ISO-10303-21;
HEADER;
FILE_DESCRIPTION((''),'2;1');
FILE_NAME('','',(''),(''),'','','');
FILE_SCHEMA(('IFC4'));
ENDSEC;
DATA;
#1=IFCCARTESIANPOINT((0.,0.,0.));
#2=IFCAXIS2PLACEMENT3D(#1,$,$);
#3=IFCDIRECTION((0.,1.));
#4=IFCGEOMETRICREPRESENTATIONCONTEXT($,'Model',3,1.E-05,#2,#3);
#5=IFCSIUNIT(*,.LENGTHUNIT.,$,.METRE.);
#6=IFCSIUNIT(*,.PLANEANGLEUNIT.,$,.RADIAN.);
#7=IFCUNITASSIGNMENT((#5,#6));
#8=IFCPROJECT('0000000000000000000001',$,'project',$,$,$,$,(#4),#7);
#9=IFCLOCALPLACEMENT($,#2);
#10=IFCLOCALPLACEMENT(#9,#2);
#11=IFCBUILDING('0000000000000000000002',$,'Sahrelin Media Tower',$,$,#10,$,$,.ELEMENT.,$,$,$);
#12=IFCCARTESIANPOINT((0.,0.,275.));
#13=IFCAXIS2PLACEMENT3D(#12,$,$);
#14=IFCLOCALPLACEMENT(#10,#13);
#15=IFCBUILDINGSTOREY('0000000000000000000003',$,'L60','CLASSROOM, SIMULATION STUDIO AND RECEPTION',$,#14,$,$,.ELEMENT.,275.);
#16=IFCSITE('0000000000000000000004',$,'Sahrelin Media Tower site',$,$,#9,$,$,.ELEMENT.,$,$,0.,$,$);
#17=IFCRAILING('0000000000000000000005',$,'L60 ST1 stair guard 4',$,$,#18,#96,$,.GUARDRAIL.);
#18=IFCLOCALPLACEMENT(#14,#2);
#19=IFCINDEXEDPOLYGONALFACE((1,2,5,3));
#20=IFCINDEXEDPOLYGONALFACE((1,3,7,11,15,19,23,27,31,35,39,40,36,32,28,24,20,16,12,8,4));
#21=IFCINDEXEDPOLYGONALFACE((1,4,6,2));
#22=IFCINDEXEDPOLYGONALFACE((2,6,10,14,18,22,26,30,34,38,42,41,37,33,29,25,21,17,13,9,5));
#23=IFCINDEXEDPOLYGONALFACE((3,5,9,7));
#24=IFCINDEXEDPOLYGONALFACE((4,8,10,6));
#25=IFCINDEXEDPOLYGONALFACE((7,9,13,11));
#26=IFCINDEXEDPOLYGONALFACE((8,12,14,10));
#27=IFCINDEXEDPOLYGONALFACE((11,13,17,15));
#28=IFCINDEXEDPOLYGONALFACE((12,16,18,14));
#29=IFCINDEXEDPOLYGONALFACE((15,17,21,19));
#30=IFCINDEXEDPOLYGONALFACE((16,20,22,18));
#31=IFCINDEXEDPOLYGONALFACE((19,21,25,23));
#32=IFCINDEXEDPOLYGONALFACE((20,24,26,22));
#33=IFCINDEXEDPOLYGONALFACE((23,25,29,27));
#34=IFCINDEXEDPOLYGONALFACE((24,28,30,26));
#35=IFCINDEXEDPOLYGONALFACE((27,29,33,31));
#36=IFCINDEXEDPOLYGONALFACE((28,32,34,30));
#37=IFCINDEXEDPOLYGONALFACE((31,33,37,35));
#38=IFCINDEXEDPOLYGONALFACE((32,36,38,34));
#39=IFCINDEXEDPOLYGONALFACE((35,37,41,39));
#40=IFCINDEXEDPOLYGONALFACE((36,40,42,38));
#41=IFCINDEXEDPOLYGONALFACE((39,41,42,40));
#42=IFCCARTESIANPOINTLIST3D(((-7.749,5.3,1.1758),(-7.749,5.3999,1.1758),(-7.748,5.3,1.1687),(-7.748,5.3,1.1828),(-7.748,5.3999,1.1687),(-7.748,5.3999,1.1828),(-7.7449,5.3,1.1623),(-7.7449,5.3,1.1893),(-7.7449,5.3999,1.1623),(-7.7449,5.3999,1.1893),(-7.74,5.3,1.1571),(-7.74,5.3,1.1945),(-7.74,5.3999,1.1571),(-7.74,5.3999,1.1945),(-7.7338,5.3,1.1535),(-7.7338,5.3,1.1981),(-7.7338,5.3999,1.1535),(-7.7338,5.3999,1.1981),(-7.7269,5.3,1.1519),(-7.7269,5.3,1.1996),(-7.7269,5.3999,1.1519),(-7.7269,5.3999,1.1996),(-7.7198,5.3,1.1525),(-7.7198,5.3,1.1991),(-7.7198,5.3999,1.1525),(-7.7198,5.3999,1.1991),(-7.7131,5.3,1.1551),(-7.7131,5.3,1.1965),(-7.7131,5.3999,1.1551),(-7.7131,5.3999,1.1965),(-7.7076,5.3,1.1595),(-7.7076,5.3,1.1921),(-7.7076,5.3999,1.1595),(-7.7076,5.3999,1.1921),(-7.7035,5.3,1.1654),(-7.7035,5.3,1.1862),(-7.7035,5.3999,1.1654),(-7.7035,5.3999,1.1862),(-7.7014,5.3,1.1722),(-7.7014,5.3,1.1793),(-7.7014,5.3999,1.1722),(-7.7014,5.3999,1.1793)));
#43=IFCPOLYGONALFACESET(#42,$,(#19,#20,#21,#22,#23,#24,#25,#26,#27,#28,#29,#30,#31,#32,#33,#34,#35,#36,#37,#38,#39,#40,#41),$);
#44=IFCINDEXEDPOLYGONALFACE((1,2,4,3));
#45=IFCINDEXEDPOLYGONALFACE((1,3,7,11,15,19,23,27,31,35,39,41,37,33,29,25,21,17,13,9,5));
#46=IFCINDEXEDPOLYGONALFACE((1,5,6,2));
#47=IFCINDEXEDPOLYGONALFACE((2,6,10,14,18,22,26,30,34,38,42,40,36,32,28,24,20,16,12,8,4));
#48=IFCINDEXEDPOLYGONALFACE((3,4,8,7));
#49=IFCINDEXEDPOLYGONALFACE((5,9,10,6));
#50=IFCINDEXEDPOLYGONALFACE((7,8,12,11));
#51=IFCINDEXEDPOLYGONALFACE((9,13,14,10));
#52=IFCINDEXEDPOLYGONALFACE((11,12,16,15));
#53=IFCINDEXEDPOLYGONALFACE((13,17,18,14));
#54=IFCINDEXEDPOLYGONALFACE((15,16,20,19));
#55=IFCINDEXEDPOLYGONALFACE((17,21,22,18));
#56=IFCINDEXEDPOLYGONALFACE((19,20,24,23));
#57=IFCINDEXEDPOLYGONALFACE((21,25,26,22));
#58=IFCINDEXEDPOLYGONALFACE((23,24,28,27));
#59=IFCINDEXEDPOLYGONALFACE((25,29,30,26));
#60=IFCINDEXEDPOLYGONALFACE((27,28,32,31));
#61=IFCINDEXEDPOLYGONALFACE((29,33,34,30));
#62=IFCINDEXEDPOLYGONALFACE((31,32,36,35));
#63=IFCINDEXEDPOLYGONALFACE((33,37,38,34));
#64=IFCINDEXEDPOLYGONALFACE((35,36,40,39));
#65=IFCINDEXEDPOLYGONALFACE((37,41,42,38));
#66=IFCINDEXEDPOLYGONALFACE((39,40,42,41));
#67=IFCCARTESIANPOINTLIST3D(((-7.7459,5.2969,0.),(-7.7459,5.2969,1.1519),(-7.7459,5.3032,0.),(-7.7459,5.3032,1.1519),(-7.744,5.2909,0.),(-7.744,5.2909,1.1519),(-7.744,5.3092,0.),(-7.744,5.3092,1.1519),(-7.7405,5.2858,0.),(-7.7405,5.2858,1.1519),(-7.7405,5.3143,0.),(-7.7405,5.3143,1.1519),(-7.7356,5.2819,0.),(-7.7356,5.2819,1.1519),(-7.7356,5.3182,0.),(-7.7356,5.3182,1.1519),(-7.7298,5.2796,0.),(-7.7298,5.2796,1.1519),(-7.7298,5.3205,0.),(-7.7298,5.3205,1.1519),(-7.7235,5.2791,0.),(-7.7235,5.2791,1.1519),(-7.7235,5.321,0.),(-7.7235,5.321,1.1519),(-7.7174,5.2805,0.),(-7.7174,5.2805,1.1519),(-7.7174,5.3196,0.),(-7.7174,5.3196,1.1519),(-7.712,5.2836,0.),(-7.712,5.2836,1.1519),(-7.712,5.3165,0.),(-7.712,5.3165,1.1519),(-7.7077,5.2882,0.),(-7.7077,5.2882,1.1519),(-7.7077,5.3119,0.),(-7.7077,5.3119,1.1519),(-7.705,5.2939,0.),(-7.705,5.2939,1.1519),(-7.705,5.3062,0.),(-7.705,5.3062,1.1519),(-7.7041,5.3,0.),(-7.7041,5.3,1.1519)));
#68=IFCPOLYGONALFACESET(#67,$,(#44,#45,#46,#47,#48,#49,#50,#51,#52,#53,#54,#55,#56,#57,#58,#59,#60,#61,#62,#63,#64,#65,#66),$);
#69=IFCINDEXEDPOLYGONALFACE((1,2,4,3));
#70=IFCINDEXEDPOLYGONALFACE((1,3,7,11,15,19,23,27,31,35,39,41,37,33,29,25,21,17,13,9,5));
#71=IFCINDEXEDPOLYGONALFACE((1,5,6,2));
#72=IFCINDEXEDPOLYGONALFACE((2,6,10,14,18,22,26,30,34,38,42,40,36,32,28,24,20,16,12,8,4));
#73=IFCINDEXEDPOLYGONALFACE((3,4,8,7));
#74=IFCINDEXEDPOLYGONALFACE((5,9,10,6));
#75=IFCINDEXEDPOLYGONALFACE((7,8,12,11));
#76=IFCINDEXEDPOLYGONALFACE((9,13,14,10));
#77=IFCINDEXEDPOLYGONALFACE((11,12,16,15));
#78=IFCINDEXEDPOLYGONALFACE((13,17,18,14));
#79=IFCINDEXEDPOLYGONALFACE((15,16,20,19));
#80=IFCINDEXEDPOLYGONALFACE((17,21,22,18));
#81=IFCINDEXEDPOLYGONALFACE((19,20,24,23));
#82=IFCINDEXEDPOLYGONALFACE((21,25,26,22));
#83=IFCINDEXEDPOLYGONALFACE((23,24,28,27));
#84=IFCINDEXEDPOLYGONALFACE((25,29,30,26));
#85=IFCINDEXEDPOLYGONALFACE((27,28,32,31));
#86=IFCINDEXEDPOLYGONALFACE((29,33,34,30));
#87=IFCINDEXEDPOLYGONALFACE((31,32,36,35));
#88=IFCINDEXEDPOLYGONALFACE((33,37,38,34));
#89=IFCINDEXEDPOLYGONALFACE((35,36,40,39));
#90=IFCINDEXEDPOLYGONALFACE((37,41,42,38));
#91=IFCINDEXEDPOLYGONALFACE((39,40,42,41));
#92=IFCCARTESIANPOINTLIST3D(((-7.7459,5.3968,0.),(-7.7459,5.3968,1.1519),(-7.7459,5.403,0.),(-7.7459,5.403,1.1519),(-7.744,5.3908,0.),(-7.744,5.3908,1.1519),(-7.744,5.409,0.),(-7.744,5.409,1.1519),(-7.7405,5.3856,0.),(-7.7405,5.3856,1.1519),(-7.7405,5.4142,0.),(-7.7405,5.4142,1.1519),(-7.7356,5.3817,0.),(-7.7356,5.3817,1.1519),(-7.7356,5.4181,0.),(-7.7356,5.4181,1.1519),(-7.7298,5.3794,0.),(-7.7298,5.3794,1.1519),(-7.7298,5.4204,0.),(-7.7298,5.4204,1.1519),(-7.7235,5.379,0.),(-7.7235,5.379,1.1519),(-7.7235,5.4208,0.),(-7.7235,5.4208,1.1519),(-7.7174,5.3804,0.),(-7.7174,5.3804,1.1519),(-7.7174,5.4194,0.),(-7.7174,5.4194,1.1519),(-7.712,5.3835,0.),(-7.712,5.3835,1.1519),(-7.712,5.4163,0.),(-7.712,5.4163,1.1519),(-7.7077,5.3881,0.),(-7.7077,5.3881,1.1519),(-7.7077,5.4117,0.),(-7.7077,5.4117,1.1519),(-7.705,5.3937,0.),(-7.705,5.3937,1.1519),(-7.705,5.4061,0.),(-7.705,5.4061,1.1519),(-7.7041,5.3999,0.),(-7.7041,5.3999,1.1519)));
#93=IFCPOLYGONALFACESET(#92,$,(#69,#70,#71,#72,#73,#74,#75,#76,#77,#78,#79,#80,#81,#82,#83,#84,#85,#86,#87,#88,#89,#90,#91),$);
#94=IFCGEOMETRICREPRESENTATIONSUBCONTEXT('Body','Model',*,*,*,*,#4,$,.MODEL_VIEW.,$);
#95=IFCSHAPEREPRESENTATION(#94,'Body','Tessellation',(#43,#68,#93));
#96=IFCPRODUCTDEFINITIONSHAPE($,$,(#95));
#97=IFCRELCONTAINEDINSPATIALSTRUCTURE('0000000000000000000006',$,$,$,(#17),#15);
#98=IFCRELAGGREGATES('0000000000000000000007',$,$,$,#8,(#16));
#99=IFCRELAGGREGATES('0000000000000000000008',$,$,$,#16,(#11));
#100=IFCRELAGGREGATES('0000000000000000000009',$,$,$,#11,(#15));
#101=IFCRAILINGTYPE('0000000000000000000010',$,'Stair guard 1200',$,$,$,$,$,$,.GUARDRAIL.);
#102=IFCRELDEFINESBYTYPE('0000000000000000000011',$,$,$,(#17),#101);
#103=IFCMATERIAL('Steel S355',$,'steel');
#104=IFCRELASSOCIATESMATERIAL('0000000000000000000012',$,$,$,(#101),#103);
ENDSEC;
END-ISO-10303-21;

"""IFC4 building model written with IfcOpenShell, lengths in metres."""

from ifc_helpers import new_model, si_unit, direction, frame, origin, origin_2d, place, context, subcontext, project, spatial, circle, extrude, material, type_object, element, save


model = new_model("IFC4")

# Units and contexts
model_context = context("Model", 3, precision=1e-05, world=origin(), true_north=direction((0.0, 1.0)))
body_context = subcontext(model_context, "Body", "Model", "MODEL_VIEW")
ifc_project = project(units=[si_unit("LENGTHUNIT", "METRE"), si_unit("PLANEANGLEUNIT", "RADIAN")], contexts=[model_context])

# Site, building, storey
site_placement = place(None, origin())
site = spatial("IfcSite", under=ifc_project, at=site_placement, Name="Sahrelin Media Tower site", CompositionType="ELEMENT", RefElevation=0.0)
building_placement = place(site_placement, origin())
building = spatial("IfcBuilding", under=site, at=building_placement, Name="Sahrelin Media Tower", CompositionType="ELEMENT")
storey_placement = place(building_placement, frame((0.0, 0.0, 275.0)))
storey = spatial("IfcBuildingStorey", under=building, at=storey_placement, Name="L60", Description="CLASSROOM, SIMULATION STUDIO AND RECEPTION", CompositionType="ELEMENT", Elevation=275.0)

# Shared definitions
ifc_material_1 = material(Name="Steel S355", Category="steel")

# Railing
railing_type_1 = type_object("IfcRailingType", Name="Stair guard 1200", PredefinedType="GUARDRAIL", material=ifc_material_1)
railing_1_placement = place(storey_placement, frame((-7.7251, 5.3, 0.0)))
element("IfcRailing", 1, at=railing_1_placement, inside=storey, type_object=railing_type_1, Name="L60 ST1 stair guard 4", PredefinedType="GUARDRAIL", context=body_context, shape_type="SweptSolid", body=[
    extrude(circle(Radius=0.0239, at=origin_2d()), frame((0.0, 0.0, 1.1758), z_axis=(0.0, 1.0, 0.0), x_axis=(-1.0, 0.0, 0.0)), (0.0, 0.0, 1.0), 0.0999),
    extrude(circle(Radius=0.021, at=origin_2d()), origin(), (0.0, 0.0, 1.0), 1.1519),
    extrude(circle(Radius=0.021, at=origin_2d()), frame((0.0, 0.0999, 0.0)), (0.0, 0.0, 1.0), 1.1519),
])

save(model, "model.ifc")
